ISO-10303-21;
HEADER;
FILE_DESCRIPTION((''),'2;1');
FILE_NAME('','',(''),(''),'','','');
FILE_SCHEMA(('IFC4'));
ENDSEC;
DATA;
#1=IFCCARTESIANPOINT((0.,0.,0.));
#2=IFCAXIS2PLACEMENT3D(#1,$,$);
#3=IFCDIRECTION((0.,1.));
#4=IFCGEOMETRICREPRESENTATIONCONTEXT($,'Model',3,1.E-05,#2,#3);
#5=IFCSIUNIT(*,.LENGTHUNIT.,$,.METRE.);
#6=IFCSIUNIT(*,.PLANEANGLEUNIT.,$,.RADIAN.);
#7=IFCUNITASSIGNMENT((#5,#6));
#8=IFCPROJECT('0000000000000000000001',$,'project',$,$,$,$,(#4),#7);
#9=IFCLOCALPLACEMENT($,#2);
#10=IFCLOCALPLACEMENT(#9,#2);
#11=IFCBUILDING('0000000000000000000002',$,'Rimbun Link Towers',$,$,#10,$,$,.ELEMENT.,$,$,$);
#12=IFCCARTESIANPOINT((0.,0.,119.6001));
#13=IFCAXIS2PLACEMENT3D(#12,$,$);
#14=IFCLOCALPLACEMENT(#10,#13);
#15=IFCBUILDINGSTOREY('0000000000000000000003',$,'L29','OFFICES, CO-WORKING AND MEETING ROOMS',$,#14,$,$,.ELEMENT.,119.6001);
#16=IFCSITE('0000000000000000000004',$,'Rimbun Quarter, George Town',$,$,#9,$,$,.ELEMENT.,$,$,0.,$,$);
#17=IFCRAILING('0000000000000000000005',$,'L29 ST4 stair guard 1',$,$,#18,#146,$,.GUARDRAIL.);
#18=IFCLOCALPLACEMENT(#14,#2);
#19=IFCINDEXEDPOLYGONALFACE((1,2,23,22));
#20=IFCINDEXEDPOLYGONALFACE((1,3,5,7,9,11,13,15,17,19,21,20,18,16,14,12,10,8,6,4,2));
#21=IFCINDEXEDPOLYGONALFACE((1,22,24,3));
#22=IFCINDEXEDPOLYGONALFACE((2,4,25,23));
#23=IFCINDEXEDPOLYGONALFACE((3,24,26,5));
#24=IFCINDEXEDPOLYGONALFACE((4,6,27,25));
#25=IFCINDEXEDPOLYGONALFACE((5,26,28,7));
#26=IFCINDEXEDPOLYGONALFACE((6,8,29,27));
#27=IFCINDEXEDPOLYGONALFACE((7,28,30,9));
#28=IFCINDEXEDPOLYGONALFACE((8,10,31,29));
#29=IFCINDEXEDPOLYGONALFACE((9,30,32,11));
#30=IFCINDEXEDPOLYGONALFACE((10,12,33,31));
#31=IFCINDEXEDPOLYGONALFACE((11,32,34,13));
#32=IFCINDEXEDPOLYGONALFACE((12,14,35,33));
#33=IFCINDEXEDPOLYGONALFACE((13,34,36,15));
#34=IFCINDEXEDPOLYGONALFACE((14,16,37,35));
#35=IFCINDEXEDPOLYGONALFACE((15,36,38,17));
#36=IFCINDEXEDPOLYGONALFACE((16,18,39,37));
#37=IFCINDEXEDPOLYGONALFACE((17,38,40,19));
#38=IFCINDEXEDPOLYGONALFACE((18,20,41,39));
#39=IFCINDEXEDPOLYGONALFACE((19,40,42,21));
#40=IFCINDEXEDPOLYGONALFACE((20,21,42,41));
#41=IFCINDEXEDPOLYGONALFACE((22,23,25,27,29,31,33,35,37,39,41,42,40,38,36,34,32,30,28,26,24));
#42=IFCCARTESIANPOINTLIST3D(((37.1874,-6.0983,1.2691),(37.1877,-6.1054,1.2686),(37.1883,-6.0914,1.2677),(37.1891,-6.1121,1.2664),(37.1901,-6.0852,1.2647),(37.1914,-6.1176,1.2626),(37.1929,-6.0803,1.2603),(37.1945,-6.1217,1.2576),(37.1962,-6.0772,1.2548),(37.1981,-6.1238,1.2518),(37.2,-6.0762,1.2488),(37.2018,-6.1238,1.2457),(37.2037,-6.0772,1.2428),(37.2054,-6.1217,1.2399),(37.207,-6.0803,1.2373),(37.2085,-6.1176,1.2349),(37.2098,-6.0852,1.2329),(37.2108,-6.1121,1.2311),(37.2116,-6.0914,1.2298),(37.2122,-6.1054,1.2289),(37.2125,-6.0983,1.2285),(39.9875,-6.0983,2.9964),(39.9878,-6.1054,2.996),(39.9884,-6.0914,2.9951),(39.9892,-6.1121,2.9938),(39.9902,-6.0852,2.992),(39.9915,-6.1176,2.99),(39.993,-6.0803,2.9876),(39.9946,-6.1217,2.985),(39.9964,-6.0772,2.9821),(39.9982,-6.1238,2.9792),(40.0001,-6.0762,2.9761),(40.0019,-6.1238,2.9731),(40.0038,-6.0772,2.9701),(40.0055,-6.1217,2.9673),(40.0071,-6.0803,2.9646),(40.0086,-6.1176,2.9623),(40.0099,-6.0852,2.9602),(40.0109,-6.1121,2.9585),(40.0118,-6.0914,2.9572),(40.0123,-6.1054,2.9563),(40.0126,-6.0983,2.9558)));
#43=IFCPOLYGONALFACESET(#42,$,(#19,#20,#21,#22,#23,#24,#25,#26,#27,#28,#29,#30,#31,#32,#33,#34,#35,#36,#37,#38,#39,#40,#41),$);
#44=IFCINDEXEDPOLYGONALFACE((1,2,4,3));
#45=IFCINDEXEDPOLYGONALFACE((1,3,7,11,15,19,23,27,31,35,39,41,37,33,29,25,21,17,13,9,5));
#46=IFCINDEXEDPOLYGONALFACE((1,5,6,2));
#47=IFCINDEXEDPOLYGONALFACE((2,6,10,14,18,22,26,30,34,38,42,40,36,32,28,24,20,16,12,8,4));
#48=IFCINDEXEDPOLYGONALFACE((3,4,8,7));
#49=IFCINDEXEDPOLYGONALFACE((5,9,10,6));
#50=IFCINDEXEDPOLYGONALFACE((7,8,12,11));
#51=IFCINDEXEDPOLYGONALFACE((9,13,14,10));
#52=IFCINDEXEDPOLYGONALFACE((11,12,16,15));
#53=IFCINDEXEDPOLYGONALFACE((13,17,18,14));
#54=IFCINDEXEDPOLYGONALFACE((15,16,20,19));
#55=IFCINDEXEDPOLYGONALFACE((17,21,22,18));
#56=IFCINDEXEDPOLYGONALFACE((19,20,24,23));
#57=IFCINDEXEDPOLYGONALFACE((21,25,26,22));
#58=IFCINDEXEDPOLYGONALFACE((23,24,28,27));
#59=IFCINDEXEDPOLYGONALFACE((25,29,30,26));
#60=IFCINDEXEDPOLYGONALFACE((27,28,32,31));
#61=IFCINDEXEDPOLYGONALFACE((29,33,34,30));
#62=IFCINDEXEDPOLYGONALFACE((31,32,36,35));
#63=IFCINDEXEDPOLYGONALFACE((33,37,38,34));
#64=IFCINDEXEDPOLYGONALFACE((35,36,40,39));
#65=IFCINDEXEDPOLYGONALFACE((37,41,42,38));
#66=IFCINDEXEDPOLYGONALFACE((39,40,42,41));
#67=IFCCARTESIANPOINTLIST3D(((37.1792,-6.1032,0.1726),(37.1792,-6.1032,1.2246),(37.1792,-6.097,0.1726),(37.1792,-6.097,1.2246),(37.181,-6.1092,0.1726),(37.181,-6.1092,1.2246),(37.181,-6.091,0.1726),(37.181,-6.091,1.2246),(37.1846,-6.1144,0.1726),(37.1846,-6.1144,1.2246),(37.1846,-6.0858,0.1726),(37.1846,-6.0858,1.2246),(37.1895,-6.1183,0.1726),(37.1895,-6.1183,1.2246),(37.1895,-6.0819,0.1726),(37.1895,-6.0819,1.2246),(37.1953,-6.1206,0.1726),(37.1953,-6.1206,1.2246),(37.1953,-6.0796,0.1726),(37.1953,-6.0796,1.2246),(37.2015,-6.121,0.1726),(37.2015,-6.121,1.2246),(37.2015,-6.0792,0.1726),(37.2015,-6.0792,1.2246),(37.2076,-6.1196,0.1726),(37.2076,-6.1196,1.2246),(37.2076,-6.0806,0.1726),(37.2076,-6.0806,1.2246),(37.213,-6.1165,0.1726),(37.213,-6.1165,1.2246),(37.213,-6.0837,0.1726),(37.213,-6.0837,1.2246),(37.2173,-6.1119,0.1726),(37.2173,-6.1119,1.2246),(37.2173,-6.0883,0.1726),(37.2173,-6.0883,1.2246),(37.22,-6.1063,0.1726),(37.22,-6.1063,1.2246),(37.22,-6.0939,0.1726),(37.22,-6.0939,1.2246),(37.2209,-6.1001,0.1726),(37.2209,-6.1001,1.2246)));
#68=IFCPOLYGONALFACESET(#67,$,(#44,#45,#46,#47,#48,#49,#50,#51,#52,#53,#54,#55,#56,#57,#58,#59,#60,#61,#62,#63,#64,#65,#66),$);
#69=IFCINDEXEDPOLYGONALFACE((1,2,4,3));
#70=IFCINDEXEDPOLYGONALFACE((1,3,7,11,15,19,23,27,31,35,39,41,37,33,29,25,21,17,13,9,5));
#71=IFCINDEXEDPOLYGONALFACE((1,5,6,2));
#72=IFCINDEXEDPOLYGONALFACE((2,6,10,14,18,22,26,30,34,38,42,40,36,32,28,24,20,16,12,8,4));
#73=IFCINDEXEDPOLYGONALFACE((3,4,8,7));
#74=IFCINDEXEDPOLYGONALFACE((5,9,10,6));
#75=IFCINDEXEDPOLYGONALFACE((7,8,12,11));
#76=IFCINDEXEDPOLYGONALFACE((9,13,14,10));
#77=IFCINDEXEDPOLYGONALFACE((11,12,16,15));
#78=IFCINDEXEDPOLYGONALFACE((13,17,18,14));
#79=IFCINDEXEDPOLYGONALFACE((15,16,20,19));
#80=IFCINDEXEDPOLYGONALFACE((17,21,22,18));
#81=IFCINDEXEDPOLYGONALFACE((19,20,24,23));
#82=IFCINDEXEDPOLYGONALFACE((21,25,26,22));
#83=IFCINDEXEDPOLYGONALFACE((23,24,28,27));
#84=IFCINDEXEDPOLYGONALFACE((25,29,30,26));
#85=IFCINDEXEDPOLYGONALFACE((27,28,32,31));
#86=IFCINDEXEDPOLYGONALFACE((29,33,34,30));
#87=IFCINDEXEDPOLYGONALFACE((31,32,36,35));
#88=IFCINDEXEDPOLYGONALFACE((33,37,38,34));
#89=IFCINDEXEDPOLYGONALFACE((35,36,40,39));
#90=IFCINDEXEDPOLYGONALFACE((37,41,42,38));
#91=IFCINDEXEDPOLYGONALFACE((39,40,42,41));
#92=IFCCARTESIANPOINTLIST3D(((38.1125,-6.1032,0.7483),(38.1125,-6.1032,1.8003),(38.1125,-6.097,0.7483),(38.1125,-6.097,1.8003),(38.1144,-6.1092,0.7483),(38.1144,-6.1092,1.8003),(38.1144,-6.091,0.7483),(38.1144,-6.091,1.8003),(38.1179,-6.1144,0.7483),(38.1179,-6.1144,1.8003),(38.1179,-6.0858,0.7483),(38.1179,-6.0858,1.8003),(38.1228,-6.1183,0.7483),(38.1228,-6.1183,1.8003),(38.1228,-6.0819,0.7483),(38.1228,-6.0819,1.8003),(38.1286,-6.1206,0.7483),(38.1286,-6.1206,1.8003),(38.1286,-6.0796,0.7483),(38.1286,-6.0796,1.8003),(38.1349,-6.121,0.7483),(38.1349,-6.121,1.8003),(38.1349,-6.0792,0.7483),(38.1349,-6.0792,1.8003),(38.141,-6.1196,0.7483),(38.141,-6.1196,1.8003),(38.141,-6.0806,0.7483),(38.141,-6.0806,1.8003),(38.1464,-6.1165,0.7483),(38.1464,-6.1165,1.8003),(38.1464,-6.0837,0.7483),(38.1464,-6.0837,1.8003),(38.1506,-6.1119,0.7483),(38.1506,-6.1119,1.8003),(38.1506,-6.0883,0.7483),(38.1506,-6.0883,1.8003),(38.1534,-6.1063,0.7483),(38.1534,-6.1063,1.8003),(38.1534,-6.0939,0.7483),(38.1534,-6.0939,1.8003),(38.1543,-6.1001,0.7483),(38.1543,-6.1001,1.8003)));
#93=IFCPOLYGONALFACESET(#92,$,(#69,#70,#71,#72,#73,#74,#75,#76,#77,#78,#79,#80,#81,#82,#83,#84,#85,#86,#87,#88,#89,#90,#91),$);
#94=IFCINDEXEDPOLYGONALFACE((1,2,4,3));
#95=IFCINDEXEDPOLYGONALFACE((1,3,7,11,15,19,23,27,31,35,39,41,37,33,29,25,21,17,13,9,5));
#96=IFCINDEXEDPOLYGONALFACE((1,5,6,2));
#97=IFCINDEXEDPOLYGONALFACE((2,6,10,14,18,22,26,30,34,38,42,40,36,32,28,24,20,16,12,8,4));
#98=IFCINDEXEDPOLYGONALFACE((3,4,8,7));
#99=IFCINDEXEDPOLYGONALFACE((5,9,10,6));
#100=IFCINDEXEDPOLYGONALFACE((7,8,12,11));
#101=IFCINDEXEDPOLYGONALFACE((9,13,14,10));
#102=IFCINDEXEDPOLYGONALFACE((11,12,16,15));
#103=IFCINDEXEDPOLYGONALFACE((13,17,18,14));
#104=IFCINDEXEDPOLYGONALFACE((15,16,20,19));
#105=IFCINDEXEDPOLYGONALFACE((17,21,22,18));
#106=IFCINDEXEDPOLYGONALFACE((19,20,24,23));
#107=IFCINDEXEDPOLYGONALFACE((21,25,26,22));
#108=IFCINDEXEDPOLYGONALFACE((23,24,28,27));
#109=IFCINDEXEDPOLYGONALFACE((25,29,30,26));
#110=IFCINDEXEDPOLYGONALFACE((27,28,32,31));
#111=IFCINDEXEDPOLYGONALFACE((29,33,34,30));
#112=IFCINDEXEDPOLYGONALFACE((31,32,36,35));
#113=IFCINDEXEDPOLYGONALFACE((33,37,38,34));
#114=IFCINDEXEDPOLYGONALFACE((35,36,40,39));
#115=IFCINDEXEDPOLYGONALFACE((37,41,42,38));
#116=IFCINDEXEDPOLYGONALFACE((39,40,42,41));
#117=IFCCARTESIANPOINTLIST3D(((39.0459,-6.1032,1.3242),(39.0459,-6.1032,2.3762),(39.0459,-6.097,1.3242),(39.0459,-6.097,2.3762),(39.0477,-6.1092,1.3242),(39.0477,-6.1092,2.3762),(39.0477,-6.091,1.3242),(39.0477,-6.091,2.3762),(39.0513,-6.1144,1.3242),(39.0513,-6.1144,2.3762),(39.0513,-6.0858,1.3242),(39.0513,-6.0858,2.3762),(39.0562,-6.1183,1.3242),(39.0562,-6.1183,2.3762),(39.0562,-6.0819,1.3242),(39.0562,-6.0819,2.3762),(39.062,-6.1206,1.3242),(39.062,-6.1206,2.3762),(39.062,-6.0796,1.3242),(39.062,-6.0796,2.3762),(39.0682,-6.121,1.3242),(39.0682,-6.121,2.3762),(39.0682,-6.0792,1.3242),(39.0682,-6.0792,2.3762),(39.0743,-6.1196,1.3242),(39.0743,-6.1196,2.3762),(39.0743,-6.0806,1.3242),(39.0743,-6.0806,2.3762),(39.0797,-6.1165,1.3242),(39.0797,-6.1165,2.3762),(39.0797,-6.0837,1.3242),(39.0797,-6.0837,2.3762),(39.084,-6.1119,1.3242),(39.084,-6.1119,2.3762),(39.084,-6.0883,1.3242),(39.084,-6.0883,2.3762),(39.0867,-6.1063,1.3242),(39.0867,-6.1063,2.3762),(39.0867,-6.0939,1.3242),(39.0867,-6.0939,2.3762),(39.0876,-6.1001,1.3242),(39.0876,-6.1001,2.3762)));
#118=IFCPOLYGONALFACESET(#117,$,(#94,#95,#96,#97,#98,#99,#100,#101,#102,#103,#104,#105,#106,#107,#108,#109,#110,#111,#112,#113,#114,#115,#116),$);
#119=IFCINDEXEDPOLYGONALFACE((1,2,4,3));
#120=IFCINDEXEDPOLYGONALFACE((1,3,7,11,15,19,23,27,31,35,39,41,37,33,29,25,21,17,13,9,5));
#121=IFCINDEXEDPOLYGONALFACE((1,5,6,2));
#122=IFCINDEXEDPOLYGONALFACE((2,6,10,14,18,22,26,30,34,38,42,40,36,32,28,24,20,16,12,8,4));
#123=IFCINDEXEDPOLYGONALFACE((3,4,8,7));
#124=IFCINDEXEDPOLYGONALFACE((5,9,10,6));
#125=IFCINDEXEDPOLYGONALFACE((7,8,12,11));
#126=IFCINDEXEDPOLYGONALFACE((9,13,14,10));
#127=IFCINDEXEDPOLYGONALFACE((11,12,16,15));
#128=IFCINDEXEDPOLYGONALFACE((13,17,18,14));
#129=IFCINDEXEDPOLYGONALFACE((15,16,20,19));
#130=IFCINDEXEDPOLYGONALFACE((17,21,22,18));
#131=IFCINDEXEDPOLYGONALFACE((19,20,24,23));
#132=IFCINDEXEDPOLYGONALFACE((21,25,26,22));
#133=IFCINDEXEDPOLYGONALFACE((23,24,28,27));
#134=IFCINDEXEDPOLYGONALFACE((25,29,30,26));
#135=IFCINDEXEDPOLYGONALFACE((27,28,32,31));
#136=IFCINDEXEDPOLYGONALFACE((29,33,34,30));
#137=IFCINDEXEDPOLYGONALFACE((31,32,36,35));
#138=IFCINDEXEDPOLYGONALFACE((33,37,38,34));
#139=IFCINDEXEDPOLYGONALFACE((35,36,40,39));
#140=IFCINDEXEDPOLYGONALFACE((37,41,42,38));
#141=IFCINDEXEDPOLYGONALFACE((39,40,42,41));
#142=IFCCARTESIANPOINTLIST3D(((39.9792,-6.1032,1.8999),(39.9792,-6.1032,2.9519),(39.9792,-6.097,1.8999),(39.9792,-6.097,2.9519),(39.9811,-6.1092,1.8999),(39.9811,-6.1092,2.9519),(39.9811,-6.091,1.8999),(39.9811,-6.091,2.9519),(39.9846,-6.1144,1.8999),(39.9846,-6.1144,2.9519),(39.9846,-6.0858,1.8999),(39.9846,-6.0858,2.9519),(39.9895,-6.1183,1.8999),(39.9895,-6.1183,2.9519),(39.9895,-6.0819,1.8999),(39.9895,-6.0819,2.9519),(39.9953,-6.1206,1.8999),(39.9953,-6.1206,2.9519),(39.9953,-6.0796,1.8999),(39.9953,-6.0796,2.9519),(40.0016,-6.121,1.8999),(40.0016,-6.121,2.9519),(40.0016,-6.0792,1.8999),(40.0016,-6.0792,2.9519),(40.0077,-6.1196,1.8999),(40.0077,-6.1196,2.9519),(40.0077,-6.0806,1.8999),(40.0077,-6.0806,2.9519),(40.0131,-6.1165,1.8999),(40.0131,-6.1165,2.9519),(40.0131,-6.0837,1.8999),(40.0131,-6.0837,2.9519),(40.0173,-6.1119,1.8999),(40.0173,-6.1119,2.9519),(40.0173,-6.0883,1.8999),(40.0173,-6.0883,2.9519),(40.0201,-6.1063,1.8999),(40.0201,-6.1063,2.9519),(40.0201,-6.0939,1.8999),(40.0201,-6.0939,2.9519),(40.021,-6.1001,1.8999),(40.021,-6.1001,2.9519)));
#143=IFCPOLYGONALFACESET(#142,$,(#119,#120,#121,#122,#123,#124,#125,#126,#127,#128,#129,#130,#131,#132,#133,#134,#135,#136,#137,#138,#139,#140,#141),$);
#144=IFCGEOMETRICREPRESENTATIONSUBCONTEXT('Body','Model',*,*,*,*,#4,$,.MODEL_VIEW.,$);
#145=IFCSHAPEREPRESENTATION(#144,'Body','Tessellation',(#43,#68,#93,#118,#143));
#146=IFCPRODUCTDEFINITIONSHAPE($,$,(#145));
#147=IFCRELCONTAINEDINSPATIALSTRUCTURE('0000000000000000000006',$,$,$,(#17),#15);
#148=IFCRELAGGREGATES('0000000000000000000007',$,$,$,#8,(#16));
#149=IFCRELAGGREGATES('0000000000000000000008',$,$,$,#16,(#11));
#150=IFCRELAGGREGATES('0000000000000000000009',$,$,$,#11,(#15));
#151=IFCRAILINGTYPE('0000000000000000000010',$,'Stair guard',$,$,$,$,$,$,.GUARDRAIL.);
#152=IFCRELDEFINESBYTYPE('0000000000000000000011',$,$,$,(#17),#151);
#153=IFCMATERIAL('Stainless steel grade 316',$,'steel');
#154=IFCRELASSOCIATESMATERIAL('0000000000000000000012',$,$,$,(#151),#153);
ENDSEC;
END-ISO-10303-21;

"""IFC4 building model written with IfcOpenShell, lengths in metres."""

from ifc_helpers import new_model, si_unit, direction, frame, origin, origin_2d, place, context, subcontext, project, spatial, circle, extrude, material, type_object, element, save


model = new_model("IFC4")

# Units and contexts
model_context = context("Model", 3, precision=1e-05, world=origin(), true_north=direction((0.0, 1.0)))
body_context = subcontext(model_context, "Body", "Model", "MODEL_VIEW")
ifc_project = project(units=[si_unit("LENGTHUNIT", "METRE"), si_unit("PLANEANGLEUNIT", "RADIAN")], contexts=[model_context])

# Site, building, storey
site_placement = place(None, origin())
site = spatial("IfcSite", under=ifc_project, at=site_placement, Name="Rimbun Quarter, George Town", CompositionType="ELEMENT", RefElevation=0.0)
building_placement = place(site_placement, origin())
building = spatial("IfcBuilding", under=site, at=building_placement, Name="Rimbun Link Towers", CompositionType="ELEMENT")
storey_placement = place(building_placement, frame((0.0, 0.0, 119.6001)))
storey = spatial("IfcBuildingStorey", under=building, at=storey_placement, Name="L29", Description="OFFICES, CO-WORKING AND MEETING ROOMS", CompositionType="ELEMENT", Elevation=119.6001)

# Railing
ifc_material_1 = material(Name="Stainless steel grade 316", Category="steel")
railing_type_1 = type_object("IfcRailingType", Name="Stair guard", PredefinedType="GUARDRAIL", material=ifc_material_1)
railing_1_placement = place(storey_placement, frame((37.2, -6.1001, 0.1726)))
element("IfcRailing", 1, at=railing_1_placement, inside=storey, type_object=railing_type_1, Name="L29 ST4 stair guard 1", PredefinedType="GUARDRAIL", context=body_context, shape_type="SweptSolid", body=[
    extrude(circle(Radius=0.0239, at=origin_2d()), frame((0.0, 0.0, 1.0762), z_axis=(0.85109, 0.0, 0.52502), x_axis=(0.0, 1.0, 0.0)), (0.0, 0.0, 1.0), 3.29),
    extrude(circle(Radius=0.021, at=origin_2d()), origin(), (0.0, 0.0, 1.0), 1.052),
    extrude(circle(Radius=0.021, at=origin_2d()), frame((0.9333, 0.0, 0.5757)), (0.0, 0.0, 1.0), 1.052),
    extrude(circle(Radius=0.021, at=origin_2d()), frame((1.8667, 0.0, 1.1516)), (0.0, 0.0, 1.0), 1.052),
    extrude(circle(Radius=0.021, at=origin_2d()), frame((2.8, 0.0, 1.7273)), (0.0, 0.0, 1.0), 1.052),
])

save(model, "model.ifc")
